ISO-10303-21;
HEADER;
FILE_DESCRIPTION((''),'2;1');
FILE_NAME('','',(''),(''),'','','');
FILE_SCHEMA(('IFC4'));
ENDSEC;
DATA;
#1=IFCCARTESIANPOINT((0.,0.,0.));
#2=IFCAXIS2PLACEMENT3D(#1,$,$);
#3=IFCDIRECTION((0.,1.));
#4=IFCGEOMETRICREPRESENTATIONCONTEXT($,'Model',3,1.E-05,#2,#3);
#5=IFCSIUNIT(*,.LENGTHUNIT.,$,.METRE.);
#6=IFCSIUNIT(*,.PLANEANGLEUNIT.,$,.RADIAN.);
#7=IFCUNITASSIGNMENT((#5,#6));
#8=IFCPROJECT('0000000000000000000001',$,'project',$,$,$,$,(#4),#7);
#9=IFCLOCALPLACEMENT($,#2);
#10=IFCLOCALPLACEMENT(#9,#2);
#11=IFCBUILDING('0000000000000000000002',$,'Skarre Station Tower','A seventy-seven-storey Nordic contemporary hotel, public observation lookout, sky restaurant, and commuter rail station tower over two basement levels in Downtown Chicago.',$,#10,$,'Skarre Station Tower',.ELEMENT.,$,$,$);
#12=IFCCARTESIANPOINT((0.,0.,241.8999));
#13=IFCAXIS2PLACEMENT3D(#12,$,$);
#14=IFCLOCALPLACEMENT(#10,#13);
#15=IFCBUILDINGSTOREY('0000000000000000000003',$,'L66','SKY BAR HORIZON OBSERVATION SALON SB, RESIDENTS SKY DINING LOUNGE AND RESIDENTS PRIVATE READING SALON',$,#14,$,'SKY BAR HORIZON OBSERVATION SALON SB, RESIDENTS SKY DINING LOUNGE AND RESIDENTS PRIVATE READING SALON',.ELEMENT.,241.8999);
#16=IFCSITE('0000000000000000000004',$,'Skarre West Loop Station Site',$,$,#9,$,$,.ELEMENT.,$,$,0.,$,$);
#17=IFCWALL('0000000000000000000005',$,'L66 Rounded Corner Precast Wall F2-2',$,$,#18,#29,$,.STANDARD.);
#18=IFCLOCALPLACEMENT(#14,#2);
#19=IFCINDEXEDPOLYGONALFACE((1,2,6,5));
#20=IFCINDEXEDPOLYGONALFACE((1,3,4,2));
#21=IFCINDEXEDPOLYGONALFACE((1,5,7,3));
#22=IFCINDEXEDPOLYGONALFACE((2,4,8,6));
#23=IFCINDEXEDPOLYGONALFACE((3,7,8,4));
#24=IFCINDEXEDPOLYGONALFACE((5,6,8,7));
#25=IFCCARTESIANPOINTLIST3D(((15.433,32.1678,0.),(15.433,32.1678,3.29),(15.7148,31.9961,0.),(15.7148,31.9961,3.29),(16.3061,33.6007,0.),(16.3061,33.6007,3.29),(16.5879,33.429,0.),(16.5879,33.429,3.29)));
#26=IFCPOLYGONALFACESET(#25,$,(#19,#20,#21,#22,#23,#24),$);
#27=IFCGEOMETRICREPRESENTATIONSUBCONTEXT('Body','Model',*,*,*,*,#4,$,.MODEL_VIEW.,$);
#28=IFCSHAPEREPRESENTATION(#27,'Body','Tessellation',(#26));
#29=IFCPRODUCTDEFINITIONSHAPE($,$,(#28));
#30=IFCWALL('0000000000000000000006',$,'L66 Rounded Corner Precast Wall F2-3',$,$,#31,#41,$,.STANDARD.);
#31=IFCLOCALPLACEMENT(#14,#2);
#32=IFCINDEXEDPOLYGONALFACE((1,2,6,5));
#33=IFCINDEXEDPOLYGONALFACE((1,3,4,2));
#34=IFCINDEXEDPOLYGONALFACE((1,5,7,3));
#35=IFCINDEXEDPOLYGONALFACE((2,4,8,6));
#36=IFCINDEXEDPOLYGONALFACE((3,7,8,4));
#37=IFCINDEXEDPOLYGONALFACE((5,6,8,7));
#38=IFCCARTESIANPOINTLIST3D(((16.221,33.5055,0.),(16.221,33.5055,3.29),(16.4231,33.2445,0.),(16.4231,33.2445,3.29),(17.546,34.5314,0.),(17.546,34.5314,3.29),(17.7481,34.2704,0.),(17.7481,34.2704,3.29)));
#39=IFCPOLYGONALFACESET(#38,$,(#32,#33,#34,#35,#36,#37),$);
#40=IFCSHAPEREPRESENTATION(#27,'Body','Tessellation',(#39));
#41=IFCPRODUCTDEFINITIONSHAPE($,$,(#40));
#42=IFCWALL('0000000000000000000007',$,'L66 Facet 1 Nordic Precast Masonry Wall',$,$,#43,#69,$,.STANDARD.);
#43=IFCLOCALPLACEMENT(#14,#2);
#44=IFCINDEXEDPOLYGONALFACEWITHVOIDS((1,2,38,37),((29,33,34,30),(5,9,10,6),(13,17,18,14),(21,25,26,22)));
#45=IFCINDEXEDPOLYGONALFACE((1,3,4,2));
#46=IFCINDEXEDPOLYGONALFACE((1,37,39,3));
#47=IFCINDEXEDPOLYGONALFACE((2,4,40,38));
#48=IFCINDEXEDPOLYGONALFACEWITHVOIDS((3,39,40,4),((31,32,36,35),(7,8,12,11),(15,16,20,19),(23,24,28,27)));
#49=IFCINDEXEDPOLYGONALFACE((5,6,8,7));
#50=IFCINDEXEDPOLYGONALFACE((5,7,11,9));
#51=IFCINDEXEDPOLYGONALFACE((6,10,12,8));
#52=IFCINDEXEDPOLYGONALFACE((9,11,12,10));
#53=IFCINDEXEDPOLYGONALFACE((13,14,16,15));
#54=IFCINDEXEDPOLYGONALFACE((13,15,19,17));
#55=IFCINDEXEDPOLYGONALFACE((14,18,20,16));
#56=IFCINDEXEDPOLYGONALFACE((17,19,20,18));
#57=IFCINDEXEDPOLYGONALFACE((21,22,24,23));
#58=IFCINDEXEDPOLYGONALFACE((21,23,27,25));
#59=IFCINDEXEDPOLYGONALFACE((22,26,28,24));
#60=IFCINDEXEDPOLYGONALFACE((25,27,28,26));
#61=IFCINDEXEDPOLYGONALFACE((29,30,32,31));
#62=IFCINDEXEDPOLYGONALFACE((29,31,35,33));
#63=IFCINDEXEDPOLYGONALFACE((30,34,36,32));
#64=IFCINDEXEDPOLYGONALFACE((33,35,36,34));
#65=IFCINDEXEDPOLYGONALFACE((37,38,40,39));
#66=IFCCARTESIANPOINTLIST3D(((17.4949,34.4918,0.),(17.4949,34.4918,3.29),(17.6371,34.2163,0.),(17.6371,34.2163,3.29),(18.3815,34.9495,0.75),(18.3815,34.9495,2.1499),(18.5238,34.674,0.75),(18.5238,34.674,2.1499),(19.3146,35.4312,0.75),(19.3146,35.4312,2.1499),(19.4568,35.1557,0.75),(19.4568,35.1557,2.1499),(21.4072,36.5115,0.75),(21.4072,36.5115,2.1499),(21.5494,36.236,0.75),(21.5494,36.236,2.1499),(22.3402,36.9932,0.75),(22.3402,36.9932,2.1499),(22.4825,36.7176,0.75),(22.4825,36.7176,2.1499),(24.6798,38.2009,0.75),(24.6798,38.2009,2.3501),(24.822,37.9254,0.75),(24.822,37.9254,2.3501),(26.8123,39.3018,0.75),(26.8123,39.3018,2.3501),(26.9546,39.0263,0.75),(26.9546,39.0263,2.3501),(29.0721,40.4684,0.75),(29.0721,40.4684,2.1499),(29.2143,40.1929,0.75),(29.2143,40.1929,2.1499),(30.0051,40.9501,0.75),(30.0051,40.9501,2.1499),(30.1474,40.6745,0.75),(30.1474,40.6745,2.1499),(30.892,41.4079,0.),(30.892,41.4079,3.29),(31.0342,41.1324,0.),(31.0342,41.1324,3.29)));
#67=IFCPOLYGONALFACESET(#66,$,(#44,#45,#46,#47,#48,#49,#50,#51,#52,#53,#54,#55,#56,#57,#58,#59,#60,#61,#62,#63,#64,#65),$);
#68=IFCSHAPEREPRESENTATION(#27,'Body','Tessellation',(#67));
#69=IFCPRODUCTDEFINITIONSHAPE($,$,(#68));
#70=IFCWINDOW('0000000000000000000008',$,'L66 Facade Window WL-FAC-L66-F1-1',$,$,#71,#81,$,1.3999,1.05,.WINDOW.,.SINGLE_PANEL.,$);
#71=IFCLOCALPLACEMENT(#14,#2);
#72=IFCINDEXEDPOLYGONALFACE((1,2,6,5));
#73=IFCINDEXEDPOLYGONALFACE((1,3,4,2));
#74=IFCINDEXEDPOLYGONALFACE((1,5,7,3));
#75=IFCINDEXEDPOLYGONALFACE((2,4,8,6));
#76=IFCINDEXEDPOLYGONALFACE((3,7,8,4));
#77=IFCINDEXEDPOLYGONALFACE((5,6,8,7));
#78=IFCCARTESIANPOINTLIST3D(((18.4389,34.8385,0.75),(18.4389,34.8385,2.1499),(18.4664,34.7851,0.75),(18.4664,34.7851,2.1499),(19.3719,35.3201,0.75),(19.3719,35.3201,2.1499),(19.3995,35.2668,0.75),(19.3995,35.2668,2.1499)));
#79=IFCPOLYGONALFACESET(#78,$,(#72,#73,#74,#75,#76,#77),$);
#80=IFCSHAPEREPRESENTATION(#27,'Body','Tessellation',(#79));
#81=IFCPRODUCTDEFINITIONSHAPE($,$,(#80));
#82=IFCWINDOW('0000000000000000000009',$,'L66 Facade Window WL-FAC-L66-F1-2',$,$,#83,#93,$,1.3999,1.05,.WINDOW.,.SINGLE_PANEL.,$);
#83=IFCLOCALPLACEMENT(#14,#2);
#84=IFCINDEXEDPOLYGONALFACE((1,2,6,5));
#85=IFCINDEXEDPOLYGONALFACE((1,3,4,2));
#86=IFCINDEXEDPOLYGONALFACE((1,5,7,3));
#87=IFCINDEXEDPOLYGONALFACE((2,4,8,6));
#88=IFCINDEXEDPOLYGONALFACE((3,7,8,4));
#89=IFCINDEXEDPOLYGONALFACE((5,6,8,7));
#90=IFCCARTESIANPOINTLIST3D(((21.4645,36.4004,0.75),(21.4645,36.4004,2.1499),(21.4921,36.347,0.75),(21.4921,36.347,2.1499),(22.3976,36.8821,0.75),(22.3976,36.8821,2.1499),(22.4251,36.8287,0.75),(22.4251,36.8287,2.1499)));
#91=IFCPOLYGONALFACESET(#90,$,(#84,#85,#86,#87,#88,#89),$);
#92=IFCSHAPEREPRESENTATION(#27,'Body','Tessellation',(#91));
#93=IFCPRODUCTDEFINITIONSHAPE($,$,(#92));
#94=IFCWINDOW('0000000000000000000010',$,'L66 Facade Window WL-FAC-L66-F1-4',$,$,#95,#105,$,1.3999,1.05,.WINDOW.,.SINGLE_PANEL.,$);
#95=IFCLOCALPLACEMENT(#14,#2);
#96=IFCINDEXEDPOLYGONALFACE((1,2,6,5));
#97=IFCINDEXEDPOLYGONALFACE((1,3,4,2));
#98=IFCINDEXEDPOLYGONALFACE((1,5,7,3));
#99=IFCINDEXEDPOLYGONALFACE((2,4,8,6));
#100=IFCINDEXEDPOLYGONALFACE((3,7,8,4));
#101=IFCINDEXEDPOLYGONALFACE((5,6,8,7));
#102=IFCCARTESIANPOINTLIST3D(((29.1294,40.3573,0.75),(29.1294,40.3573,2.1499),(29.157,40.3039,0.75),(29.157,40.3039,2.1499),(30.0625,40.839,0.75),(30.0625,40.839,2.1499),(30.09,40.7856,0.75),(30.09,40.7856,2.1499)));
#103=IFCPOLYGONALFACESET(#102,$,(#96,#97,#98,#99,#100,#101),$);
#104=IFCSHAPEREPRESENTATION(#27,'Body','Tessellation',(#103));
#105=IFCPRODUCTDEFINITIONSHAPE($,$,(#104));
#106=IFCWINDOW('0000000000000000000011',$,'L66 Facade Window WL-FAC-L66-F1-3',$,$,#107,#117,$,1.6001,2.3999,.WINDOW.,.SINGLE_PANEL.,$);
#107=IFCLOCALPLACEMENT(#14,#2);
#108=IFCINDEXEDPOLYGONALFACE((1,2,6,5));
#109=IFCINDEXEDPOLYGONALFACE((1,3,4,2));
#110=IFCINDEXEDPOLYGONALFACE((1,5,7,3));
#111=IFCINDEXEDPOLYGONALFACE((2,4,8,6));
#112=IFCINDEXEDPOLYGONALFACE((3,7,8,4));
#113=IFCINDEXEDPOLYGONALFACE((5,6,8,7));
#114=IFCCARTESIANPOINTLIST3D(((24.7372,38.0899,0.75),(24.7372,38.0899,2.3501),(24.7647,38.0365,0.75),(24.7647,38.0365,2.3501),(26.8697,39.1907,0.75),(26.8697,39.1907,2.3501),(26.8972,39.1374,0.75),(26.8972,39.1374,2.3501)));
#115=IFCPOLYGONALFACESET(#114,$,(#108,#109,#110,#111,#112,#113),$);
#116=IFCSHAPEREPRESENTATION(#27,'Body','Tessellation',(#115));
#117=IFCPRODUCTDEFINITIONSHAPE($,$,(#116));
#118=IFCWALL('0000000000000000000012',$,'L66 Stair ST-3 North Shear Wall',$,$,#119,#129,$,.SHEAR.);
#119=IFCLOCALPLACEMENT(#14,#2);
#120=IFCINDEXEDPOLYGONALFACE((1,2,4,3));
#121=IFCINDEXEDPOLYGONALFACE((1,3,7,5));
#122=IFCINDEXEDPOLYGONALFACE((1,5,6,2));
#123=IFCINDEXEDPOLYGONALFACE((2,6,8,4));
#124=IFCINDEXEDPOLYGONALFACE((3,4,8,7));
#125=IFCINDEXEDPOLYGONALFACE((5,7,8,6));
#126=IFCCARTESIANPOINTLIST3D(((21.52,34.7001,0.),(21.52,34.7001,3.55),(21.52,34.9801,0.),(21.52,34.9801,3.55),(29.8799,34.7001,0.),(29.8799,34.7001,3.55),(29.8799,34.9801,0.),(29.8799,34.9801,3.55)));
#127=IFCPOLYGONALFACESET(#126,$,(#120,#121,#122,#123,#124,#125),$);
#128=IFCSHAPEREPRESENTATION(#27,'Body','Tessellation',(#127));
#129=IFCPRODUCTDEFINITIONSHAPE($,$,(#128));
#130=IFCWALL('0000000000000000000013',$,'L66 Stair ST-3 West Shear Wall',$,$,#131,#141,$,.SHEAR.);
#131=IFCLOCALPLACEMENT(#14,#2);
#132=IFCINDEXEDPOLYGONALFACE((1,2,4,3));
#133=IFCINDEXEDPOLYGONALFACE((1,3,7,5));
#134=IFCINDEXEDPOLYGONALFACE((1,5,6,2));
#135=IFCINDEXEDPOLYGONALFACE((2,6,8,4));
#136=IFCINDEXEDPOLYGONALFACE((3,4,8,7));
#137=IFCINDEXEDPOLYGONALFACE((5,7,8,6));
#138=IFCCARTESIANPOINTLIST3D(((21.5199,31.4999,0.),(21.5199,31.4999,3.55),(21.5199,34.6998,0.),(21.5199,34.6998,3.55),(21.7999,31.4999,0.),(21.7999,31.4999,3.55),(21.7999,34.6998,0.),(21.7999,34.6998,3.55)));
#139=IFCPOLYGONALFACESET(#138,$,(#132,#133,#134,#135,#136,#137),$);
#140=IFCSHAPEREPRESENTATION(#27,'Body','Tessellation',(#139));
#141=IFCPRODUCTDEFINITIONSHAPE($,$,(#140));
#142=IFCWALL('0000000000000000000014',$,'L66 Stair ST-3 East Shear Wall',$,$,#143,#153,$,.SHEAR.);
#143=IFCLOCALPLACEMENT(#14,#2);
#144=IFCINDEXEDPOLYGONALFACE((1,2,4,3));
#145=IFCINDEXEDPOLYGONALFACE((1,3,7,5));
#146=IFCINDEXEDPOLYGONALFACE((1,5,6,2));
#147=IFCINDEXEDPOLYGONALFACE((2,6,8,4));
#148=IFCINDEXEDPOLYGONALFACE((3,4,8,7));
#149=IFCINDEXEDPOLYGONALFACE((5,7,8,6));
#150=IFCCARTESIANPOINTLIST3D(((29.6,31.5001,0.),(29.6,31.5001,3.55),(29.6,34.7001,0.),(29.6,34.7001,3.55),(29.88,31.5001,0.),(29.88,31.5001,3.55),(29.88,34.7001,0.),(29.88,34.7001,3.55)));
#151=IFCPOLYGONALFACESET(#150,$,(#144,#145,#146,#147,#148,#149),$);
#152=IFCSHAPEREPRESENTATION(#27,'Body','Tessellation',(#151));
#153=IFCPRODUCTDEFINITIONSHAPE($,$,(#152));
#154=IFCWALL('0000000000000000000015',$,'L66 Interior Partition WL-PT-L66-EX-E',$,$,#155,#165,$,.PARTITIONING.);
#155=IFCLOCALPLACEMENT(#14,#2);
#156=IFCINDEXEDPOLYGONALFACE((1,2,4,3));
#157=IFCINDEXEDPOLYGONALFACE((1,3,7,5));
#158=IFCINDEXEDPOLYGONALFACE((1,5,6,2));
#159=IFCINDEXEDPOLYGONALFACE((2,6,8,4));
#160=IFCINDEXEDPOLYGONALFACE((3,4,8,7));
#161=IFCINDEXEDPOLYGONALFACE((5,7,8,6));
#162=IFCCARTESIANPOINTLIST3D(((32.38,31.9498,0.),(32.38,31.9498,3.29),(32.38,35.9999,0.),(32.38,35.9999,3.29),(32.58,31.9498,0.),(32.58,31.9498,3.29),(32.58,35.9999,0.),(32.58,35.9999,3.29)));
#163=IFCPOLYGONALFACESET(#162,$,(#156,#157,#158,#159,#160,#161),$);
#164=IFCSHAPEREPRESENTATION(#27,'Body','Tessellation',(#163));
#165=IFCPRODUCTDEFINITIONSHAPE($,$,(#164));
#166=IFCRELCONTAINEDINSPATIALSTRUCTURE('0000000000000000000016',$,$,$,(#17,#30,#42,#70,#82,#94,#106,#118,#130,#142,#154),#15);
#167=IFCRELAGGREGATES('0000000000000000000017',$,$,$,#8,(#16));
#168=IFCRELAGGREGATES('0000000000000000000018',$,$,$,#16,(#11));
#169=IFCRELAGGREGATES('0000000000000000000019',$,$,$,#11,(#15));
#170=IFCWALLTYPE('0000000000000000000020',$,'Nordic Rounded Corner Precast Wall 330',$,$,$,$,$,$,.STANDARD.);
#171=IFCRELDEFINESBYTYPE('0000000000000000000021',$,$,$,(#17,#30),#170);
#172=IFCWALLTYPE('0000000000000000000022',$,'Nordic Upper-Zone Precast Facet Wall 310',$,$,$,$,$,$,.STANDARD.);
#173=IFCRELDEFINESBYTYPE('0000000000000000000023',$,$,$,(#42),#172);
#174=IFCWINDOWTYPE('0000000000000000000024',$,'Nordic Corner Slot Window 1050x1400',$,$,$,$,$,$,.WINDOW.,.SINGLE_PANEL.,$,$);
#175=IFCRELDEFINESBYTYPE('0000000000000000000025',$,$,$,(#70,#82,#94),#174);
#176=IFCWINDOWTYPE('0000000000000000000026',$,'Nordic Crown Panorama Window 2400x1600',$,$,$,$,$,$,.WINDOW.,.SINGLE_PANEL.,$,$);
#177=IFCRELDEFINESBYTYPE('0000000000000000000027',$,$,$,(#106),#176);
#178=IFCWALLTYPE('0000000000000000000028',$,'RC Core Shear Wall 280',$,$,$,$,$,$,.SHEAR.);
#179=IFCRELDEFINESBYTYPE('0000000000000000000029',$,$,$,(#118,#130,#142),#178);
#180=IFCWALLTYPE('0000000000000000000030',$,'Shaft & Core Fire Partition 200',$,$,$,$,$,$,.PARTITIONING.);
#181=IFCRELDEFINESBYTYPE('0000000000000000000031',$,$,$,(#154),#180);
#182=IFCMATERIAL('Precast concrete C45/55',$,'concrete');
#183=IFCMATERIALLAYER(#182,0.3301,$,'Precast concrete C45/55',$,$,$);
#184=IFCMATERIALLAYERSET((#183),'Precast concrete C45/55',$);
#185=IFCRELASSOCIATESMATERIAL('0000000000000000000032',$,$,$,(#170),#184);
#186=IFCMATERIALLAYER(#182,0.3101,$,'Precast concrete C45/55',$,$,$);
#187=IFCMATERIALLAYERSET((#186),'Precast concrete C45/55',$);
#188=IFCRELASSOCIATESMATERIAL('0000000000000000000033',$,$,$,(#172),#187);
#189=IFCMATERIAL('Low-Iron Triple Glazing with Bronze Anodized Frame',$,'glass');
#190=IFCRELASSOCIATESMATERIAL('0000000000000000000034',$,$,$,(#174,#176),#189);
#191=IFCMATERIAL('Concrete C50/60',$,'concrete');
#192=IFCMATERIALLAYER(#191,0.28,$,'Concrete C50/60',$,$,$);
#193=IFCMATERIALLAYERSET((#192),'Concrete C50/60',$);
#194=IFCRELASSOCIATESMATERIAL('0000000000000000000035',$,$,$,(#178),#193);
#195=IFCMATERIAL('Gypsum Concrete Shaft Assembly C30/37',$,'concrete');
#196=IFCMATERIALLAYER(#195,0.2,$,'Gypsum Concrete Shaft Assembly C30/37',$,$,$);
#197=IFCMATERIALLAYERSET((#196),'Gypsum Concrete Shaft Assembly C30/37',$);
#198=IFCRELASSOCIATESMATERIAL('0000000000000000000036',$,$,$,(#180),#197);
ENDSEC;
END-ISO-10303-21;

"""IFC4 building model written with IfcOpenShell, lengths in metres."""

from ifc_helpers import new_model, si_unit, direction, frame, frame_2d, origin, place, context, subcontext, project, spatial, rectangle, extrude, material, layer, layer_set, type_object, element, fill, save


model = new_model("IFC4")

# Units and contexts
model_context = context("Model", 3, precision=1e-05, world=origin(), true_north=direction((0.0, 1.0)))
body_context = subcontext(model_context, "Body", "Model", "MODEL_VIEW")
ifc_project = project(units=[si_unit("LENGTHUNIT", "METRE"), si_unit("PLANEANGLEUNIT", "RADIAN")], contexts=[model_context])

# Site, building, storey
site_placement = place(None, origin())
site = spatial("IfcSite", under=ifc_project, at=site_placement, Name="Skarre West Loop Station Site", CompositionType="ELEMENT", RefElevation=0.0)
building_placement = place(site_placement, origin())
building = spatial("IfcBuilding", under=site, at=building_placement, Name="Skarre Station Tower", Description="A seventy-seven-storey Nordic contemporary hotel, public observation lookout, sky restaurant, and commuter rail station tower over two basement levels in Downtown Chicago.", LongName="Skarre Station Tower", CompositionType="ELEMENT")
storey_placement = place(building_placement, frame((0.0, 0.0, 241.8999)))
storey = spatial("IfcBuildingStorey", under=building, at=storey_placement, Name="L66", Description="SKY BAR HORIZON OBSERVATION SALON SB, RESIDENTS SKY DINING LOUNGE AND RESIDENTS PRIVATE READING SALON", LongName="SKY BAR HORIZON OBSERVATION SALON SB, RESIDENTS SKY DINING LOUNGE AND RESIDENTS PRIVATE READING SALON", CompositionType="ELEMENT", Elevation=241.8999)

# Shared definitions
ifc_material_1 = material(Name="Concrete C50/60", Category="concrete")

# Walls
ifc_material_2 = material(Name="Precast concrete C45/55", Category="concrete")
ifc_layer_1 = layer(ifc_material_2, 0.3301, Name="Precast concrete C45/55")
ifc_layer_set_1 = layer_set([ifc_layer_1], Name="Precast concrete C45/55")
wall_type_1 = type_object("IfcWallType", Name="Nordic Rounded Corner Precast Wall 330", PredefinedType="STANDARD", material=ifc_layer_set_1)
wall_1_placement = place(storey_placement, frame((15.574, 32.082, 0.0), z_axis=(0.0, 0.0, 1.0), x_axis=(0.520325, 0.853968, 0.0)))
element("IfcWall", 1, at=wall_1_placement, inside=storey, type_object=wall_type_1, Name="L66 Rounded Corner Precast Wall F2-2", PredefinedType="STANDARD", context=body_context, shape_type="SweptSolid", body=[
    extrude(rectangle(XDim=1.678, YDim=0.3301, at=frame_2d((0.8389, 0.0))), origin(), (0.0, 0.0, 1.0), 3.29),
])
wall_2_placement = place(storey_placement, frame((16.322, 33.375, 0.0), z_axis=(0.0, 0.0, 1.0), x_axis=(0.790692, 0.612214, 0.0)))
element("IfcWall", 2, at=wall_2_placement, inside=storey, type_object=wall_type_1, Name="L66 Rounded Corner Precast Wall F2-3", PredefinedType="STANDARD", context=body_context, shape_type="SweptSolid", body=[
    extrude(rectangle(XDim=1.6758, YDim=0.3301, at=frame_2d((0.8379, 0.0))), origin(), (0.0, 0.0, 1.0), 3.29),
])

# Wall, openings, windows
ifc_layer_2 = layer(ifc_material_2, 0.3101, Name="Precast concrete C45/55")
ifc_layer_set_2 = layer_set([ifc_layer_2], Name="Precast concrete C45/55")
wall_type_2 = type_object("IfcWallType", Name="Nordic Upper-Zone Precast Facet Wall 310", PredefinedType="STANDARD", material=ifc_layer_set_2)
wall_3_placement = place(storey_placement, frame((17.5659, 34.354, 0.0), z_axis=(0.0, 0.0, 1.0), x_axis=(0.888581, 0.458719, 0.0)))
wall_3 = element("IfcWall", 3, at=wall_3_placement, inside=storey, type_object=wall_type_2, Name="L66 Facet 1 Nordic Precast Masonry Wall", PredefinedType="STANDARD", context=body_context, shape_type="SweptSolid", body=[
    extrude(rectangle(XDim=15.0769, YDim=0.3101, at=frame_2d((7.5386, 0.0))), origin(), (0.0, 0.0, 1.0), 3.29),
])
opening_1_placement = place(wall_3_placement, frame((0.998, 0.0, 0.75)))
opening_1 = element("IfcOpeningElement", 4, at=opening_1_placement, cuts=wall_3, PredefinedType="OPENING", context=body_context, shape_type="SweptSolid", body=[
    extrude(rectangle(XDim=1.05, YDim=1.3999, at=frame_2d((0.5249, 0.7))), frame((0.0, 0.165, 0.0), z_axis=(0.0, -1.0, 0.0), x_axis=(1.0, 0.0, 0.0)), (0.0, 0.0, 1.0), 0.3301),
])
opening_2_placement = place(wall_3_placement, frame((4.4031, 0.0, 0.75)))
opening_2 = element("IfcOpeningElement", 5, at=opening_2_placement, cuts=wall_3, PredefinedType="OPENING", context=body_context, shape_type="SweptSolid", body=[
    extrude(rectangle(XDim=1.05, YDim=1.3999, at=frame_2d((0.5249, 0.7))), frame((0.0, 0.165, 0.0), z_axis=(0.0, -1.0, 0.0), x_axis=(1.0, 0.0, 0.0)), (0.0, 0.0, 1.0), 0.3301),
])
opening_3_placement = place(wall_3_placement, frame((8.0859, 0.0, 0.75)))
opening_3 = element("IfcOpeningElement", 6, at=opening_3_placement, cuts=wall_3, PredefinedType="OPENING", context=body_context, shape_type="SweptSolid", body=[
    extrude(rectangle(XDim=2.3999, YDim=1.6001, at=frame_2d((1.2, 0.8))), frame((0.0, 0.165, 0.0), z_axis=(0.0, -1.0, 0.0), x_axis=(1.0, 0.0, 0.0)), (0.0, 0.0, 1.0), 0.3301),
])
opening_4_placement = place(wall_3_placement, frame((13.0291, 0.0, 0.75)))
opening_4 = element("IfcOpeningElement", 7, at=opening_4_placement, cuts=wall_3, PredefinedType="OPENING", context=body_context, shape_type="SweptSolid", body=[
    extrude(rectangle(XDim=1.05, YDim=1.3999, at=frame_2d((0.5249, 0.7))), frame((0.0, 0.165, 0.0), z_axis=(0.0, -1.0, 0.0), x_axis=(1.0, 0.0, 0.0)), (0.0, 0.0, 1.0), 0.3301),
])
ifc_material_3 = material(Name="Low-Iron Triple Glazing with Bronze Anodized Frame", Category="glass")
window_type_1 = type_object("IfcWindowType", Name="Nordic Corner Slot Window 1050x1400", PartitioningType="SINGLE_PANEL", PredefinedType="WINDOW", material=ifc_material_3)
window_1_placement = place(opening_1_placement, origin())
window_1 = element("IfcWindow", 8, at=window_1_placement, inside=storey, type_object=window_type_1, Name="L66 Facade Window WL-FAC-L66-F1-1", OverallHeight=1.3999, OverallWidth=1.05, PartitioningType="SINGLE_PANEL", PredefinedType="WINDOW", context=body_context, shape_type="SweptSolid", body=[
    extrude(rectangle(XDim=1.05, YDim=1.3999, at=frame_2d((0.5249, 0.7))), frame((0.0, 0.03, 0.0), z_axis=(0.0, -1.0, 0.0), x_axis=(1.0, 0.0, 0.0)), (0.0, 0.0, 1.0), 0.0601),
])
fill(opening_1, window_1)
window_2_placement = place(opening_2_placement, origin())
window_2 = element("IfcWindow", 9, at=window_2_placement, inside=storey, type_object=window_type_1, Name="L66 Facade Window WL-FAC-L66-F1-2", OverallHeight=1.3999, OverallWidth=1.05, PartitioningType="SINGLE_PANEL", PredefinedType="WINDOW", context=body_context, shape_type="SweptSolid", body=[
    extrude(rectangle(XDim=1.05, YDim=1.3999, at=frame_2d((0.5249, 0.7))), frame((0.0, 0.03, 0.0), z_axis=(0.0, -1.0, 0.0), x_axis=(1.0, 0.0, 0.0)), (0.0, 0.0, 1.0), 0.0601),
])
fill(opening_2, window_2)
window_3_placement = place(opening_4_placement, origin())
window_3 = element("IfcWindow", 10, at=window_3_placement, inside=storey, type_object=window_type_1, Name="L66 Facade Window WL-FAC-L66-F1-4", OverallHeight=1.3999, OverallWidth=1.05, PartitioningType="SINGLE_PANEL", PredefinedType="WINDOW", context=body_context, shape_type="SweptSolid", body=[
    extrude(rectangle(XDim=1.05, YDim=1.3999, at=frame_2d((0.5249, 0.7))), frame((0.0, 0.03, 0.0), z_axis=(0.0, -1.0, 0.0), x_axis=(1.0, 0.0, 0.0)), (0.0, 0.0, 1.0), 0.0601),
])
fill(opening_4, window_3)
window_type_2 = type_object("IfcWindowType", Name="Nordic Crown Panorama Window 2400x1600", PartitioningType="SINGLE_PANEL", PredefinedType="WINDOW", material=ifc_material_3)
window_4_placement = place(opening_3_placement, origin())
window_4 = element("IfcWindow", 11, at=window_4_placement, inside=storey, type_object=window_type_2, Name="L66 Facade Window WL-FAC-L66-F1-3", OverallHeight=1.6001, OverallWidth=2.3999, PartitioningType="SINGLE_PANEL", PredefinedType="WINDOW", context=body_context, shape_type="SweptSolid", body=[
    extrude(rectangle(XDim=2.3999, YDim=1.6001, at=frame_2d((1.2, 0.8))), frame((0.0, 0.03, 0.0), z_axis=(0.0, -1.0, 0.0), x_axis=(1.0, 0.0, 0.0)), (0.0, 0.0, 1.0), 0.0601),
])
fill(opening_3, window_4)

# Walls
ifc_layer_3 = layer(ifc_material_1, 0.28, Name="Concrete C50/60")
ifc_layer_set_3 = layer_set([ifc_layer_3], Name="Concrete C50/60")
wall_type_3 = type_object("IfcWallType", Name="RC Core Shear Wall 280", PredefinedType="SHEAR", material=ifc_layer_set_3)
wall_4_placement = place(storey_placement, frame((29.8799, 34.8401, 0.0), z_axis=(0.0, 0.0, 1.0), x_axis=(-1.0, 0.0, 0.0)))
element("IfcWall", 12, at=wall_4_placement, inside=storey, type_object=wall_type_3, Name="L66 Stair ST-3 North Shear Wall", PredefinedType="SHEAR", context=body_context, shape_type="SweptSolid", body=[
    extrude(rectangle(XDim=8.3599, YDim=0.28, at=frame_2d((4.1799, 0.0))), origin(), (0.0, 0.0, 1.0), 3.55),
])
for number, where, z_axis, x_axis, name in (
    (13, (21.6599, 34.7, 0.0), (0.0, 0.0, 1.0), (0.0, -1.0, 0.0), "L66 Stair ST-3 West Shear Wall"),
    (14, (29.74, 31.5, 0.0), (0.0, 0.0, 1.0), (0.0, 1.0, 0.0), "L66 Stair ST-3 East Shear Wall"),
):
    element("IfcWall", number, at=place(storey_placement, frame(where, z_axis=z_axis, x_axis=x_axis)), inside=storey, type_object=wall_type_3, Name=name, PredefinedType="SHEAR", context=body_context, shape_type="SweptSolid", body=[
        extrude(rectangle(XDim=3.2, YDim=0.28, at=frame_2d((1.6001, 0.0))), origin(), (0.0, 0.0, 1.0), 3.55),
    ])
ifc_material_4 = material(Name="Gypsum Concrete Shaft Assembly C30/37", Category="concrete")
ifc_layer_4 = layer(ifc_material_4, 0.2, Name="Gypsum Concrete Shaft Assembly C30/37")
ifc_layer_set_4 = layer_set([ifc_layer_4], Name="Gypsum Concrete Shaft Assembly C30/37")
wall_type_4 = type_object("IfcWallType", Name="Shaft & Core Fire Partition 200", PredefinedType="PARTITIONING", material=ifc_layer_set_4)
wall_5_placement = place(storey_placement, frame((32.48, 31.95, 0.0), z_axis=(0.0, 0.0, 1.0), x_axis=(0.0, 1.0, 0.0)))
element("IfcWall", 15, at=wall_5_placement, inside=storey, type_object=wall_type_4, Name="L66 Interior Partition WL-PT-L66-EX-E", PredefinedType="PARTITIONING", context=body_context, shape_type="SweptSolid", body=[
    extrude(rectangle(XDim=4.05, YDim=0.2, at=frame_2d((2.0249, 0.0))), origin(), (0.0, 0.0, 1.0), 3.29),
])

save(model, "model.ifc")
